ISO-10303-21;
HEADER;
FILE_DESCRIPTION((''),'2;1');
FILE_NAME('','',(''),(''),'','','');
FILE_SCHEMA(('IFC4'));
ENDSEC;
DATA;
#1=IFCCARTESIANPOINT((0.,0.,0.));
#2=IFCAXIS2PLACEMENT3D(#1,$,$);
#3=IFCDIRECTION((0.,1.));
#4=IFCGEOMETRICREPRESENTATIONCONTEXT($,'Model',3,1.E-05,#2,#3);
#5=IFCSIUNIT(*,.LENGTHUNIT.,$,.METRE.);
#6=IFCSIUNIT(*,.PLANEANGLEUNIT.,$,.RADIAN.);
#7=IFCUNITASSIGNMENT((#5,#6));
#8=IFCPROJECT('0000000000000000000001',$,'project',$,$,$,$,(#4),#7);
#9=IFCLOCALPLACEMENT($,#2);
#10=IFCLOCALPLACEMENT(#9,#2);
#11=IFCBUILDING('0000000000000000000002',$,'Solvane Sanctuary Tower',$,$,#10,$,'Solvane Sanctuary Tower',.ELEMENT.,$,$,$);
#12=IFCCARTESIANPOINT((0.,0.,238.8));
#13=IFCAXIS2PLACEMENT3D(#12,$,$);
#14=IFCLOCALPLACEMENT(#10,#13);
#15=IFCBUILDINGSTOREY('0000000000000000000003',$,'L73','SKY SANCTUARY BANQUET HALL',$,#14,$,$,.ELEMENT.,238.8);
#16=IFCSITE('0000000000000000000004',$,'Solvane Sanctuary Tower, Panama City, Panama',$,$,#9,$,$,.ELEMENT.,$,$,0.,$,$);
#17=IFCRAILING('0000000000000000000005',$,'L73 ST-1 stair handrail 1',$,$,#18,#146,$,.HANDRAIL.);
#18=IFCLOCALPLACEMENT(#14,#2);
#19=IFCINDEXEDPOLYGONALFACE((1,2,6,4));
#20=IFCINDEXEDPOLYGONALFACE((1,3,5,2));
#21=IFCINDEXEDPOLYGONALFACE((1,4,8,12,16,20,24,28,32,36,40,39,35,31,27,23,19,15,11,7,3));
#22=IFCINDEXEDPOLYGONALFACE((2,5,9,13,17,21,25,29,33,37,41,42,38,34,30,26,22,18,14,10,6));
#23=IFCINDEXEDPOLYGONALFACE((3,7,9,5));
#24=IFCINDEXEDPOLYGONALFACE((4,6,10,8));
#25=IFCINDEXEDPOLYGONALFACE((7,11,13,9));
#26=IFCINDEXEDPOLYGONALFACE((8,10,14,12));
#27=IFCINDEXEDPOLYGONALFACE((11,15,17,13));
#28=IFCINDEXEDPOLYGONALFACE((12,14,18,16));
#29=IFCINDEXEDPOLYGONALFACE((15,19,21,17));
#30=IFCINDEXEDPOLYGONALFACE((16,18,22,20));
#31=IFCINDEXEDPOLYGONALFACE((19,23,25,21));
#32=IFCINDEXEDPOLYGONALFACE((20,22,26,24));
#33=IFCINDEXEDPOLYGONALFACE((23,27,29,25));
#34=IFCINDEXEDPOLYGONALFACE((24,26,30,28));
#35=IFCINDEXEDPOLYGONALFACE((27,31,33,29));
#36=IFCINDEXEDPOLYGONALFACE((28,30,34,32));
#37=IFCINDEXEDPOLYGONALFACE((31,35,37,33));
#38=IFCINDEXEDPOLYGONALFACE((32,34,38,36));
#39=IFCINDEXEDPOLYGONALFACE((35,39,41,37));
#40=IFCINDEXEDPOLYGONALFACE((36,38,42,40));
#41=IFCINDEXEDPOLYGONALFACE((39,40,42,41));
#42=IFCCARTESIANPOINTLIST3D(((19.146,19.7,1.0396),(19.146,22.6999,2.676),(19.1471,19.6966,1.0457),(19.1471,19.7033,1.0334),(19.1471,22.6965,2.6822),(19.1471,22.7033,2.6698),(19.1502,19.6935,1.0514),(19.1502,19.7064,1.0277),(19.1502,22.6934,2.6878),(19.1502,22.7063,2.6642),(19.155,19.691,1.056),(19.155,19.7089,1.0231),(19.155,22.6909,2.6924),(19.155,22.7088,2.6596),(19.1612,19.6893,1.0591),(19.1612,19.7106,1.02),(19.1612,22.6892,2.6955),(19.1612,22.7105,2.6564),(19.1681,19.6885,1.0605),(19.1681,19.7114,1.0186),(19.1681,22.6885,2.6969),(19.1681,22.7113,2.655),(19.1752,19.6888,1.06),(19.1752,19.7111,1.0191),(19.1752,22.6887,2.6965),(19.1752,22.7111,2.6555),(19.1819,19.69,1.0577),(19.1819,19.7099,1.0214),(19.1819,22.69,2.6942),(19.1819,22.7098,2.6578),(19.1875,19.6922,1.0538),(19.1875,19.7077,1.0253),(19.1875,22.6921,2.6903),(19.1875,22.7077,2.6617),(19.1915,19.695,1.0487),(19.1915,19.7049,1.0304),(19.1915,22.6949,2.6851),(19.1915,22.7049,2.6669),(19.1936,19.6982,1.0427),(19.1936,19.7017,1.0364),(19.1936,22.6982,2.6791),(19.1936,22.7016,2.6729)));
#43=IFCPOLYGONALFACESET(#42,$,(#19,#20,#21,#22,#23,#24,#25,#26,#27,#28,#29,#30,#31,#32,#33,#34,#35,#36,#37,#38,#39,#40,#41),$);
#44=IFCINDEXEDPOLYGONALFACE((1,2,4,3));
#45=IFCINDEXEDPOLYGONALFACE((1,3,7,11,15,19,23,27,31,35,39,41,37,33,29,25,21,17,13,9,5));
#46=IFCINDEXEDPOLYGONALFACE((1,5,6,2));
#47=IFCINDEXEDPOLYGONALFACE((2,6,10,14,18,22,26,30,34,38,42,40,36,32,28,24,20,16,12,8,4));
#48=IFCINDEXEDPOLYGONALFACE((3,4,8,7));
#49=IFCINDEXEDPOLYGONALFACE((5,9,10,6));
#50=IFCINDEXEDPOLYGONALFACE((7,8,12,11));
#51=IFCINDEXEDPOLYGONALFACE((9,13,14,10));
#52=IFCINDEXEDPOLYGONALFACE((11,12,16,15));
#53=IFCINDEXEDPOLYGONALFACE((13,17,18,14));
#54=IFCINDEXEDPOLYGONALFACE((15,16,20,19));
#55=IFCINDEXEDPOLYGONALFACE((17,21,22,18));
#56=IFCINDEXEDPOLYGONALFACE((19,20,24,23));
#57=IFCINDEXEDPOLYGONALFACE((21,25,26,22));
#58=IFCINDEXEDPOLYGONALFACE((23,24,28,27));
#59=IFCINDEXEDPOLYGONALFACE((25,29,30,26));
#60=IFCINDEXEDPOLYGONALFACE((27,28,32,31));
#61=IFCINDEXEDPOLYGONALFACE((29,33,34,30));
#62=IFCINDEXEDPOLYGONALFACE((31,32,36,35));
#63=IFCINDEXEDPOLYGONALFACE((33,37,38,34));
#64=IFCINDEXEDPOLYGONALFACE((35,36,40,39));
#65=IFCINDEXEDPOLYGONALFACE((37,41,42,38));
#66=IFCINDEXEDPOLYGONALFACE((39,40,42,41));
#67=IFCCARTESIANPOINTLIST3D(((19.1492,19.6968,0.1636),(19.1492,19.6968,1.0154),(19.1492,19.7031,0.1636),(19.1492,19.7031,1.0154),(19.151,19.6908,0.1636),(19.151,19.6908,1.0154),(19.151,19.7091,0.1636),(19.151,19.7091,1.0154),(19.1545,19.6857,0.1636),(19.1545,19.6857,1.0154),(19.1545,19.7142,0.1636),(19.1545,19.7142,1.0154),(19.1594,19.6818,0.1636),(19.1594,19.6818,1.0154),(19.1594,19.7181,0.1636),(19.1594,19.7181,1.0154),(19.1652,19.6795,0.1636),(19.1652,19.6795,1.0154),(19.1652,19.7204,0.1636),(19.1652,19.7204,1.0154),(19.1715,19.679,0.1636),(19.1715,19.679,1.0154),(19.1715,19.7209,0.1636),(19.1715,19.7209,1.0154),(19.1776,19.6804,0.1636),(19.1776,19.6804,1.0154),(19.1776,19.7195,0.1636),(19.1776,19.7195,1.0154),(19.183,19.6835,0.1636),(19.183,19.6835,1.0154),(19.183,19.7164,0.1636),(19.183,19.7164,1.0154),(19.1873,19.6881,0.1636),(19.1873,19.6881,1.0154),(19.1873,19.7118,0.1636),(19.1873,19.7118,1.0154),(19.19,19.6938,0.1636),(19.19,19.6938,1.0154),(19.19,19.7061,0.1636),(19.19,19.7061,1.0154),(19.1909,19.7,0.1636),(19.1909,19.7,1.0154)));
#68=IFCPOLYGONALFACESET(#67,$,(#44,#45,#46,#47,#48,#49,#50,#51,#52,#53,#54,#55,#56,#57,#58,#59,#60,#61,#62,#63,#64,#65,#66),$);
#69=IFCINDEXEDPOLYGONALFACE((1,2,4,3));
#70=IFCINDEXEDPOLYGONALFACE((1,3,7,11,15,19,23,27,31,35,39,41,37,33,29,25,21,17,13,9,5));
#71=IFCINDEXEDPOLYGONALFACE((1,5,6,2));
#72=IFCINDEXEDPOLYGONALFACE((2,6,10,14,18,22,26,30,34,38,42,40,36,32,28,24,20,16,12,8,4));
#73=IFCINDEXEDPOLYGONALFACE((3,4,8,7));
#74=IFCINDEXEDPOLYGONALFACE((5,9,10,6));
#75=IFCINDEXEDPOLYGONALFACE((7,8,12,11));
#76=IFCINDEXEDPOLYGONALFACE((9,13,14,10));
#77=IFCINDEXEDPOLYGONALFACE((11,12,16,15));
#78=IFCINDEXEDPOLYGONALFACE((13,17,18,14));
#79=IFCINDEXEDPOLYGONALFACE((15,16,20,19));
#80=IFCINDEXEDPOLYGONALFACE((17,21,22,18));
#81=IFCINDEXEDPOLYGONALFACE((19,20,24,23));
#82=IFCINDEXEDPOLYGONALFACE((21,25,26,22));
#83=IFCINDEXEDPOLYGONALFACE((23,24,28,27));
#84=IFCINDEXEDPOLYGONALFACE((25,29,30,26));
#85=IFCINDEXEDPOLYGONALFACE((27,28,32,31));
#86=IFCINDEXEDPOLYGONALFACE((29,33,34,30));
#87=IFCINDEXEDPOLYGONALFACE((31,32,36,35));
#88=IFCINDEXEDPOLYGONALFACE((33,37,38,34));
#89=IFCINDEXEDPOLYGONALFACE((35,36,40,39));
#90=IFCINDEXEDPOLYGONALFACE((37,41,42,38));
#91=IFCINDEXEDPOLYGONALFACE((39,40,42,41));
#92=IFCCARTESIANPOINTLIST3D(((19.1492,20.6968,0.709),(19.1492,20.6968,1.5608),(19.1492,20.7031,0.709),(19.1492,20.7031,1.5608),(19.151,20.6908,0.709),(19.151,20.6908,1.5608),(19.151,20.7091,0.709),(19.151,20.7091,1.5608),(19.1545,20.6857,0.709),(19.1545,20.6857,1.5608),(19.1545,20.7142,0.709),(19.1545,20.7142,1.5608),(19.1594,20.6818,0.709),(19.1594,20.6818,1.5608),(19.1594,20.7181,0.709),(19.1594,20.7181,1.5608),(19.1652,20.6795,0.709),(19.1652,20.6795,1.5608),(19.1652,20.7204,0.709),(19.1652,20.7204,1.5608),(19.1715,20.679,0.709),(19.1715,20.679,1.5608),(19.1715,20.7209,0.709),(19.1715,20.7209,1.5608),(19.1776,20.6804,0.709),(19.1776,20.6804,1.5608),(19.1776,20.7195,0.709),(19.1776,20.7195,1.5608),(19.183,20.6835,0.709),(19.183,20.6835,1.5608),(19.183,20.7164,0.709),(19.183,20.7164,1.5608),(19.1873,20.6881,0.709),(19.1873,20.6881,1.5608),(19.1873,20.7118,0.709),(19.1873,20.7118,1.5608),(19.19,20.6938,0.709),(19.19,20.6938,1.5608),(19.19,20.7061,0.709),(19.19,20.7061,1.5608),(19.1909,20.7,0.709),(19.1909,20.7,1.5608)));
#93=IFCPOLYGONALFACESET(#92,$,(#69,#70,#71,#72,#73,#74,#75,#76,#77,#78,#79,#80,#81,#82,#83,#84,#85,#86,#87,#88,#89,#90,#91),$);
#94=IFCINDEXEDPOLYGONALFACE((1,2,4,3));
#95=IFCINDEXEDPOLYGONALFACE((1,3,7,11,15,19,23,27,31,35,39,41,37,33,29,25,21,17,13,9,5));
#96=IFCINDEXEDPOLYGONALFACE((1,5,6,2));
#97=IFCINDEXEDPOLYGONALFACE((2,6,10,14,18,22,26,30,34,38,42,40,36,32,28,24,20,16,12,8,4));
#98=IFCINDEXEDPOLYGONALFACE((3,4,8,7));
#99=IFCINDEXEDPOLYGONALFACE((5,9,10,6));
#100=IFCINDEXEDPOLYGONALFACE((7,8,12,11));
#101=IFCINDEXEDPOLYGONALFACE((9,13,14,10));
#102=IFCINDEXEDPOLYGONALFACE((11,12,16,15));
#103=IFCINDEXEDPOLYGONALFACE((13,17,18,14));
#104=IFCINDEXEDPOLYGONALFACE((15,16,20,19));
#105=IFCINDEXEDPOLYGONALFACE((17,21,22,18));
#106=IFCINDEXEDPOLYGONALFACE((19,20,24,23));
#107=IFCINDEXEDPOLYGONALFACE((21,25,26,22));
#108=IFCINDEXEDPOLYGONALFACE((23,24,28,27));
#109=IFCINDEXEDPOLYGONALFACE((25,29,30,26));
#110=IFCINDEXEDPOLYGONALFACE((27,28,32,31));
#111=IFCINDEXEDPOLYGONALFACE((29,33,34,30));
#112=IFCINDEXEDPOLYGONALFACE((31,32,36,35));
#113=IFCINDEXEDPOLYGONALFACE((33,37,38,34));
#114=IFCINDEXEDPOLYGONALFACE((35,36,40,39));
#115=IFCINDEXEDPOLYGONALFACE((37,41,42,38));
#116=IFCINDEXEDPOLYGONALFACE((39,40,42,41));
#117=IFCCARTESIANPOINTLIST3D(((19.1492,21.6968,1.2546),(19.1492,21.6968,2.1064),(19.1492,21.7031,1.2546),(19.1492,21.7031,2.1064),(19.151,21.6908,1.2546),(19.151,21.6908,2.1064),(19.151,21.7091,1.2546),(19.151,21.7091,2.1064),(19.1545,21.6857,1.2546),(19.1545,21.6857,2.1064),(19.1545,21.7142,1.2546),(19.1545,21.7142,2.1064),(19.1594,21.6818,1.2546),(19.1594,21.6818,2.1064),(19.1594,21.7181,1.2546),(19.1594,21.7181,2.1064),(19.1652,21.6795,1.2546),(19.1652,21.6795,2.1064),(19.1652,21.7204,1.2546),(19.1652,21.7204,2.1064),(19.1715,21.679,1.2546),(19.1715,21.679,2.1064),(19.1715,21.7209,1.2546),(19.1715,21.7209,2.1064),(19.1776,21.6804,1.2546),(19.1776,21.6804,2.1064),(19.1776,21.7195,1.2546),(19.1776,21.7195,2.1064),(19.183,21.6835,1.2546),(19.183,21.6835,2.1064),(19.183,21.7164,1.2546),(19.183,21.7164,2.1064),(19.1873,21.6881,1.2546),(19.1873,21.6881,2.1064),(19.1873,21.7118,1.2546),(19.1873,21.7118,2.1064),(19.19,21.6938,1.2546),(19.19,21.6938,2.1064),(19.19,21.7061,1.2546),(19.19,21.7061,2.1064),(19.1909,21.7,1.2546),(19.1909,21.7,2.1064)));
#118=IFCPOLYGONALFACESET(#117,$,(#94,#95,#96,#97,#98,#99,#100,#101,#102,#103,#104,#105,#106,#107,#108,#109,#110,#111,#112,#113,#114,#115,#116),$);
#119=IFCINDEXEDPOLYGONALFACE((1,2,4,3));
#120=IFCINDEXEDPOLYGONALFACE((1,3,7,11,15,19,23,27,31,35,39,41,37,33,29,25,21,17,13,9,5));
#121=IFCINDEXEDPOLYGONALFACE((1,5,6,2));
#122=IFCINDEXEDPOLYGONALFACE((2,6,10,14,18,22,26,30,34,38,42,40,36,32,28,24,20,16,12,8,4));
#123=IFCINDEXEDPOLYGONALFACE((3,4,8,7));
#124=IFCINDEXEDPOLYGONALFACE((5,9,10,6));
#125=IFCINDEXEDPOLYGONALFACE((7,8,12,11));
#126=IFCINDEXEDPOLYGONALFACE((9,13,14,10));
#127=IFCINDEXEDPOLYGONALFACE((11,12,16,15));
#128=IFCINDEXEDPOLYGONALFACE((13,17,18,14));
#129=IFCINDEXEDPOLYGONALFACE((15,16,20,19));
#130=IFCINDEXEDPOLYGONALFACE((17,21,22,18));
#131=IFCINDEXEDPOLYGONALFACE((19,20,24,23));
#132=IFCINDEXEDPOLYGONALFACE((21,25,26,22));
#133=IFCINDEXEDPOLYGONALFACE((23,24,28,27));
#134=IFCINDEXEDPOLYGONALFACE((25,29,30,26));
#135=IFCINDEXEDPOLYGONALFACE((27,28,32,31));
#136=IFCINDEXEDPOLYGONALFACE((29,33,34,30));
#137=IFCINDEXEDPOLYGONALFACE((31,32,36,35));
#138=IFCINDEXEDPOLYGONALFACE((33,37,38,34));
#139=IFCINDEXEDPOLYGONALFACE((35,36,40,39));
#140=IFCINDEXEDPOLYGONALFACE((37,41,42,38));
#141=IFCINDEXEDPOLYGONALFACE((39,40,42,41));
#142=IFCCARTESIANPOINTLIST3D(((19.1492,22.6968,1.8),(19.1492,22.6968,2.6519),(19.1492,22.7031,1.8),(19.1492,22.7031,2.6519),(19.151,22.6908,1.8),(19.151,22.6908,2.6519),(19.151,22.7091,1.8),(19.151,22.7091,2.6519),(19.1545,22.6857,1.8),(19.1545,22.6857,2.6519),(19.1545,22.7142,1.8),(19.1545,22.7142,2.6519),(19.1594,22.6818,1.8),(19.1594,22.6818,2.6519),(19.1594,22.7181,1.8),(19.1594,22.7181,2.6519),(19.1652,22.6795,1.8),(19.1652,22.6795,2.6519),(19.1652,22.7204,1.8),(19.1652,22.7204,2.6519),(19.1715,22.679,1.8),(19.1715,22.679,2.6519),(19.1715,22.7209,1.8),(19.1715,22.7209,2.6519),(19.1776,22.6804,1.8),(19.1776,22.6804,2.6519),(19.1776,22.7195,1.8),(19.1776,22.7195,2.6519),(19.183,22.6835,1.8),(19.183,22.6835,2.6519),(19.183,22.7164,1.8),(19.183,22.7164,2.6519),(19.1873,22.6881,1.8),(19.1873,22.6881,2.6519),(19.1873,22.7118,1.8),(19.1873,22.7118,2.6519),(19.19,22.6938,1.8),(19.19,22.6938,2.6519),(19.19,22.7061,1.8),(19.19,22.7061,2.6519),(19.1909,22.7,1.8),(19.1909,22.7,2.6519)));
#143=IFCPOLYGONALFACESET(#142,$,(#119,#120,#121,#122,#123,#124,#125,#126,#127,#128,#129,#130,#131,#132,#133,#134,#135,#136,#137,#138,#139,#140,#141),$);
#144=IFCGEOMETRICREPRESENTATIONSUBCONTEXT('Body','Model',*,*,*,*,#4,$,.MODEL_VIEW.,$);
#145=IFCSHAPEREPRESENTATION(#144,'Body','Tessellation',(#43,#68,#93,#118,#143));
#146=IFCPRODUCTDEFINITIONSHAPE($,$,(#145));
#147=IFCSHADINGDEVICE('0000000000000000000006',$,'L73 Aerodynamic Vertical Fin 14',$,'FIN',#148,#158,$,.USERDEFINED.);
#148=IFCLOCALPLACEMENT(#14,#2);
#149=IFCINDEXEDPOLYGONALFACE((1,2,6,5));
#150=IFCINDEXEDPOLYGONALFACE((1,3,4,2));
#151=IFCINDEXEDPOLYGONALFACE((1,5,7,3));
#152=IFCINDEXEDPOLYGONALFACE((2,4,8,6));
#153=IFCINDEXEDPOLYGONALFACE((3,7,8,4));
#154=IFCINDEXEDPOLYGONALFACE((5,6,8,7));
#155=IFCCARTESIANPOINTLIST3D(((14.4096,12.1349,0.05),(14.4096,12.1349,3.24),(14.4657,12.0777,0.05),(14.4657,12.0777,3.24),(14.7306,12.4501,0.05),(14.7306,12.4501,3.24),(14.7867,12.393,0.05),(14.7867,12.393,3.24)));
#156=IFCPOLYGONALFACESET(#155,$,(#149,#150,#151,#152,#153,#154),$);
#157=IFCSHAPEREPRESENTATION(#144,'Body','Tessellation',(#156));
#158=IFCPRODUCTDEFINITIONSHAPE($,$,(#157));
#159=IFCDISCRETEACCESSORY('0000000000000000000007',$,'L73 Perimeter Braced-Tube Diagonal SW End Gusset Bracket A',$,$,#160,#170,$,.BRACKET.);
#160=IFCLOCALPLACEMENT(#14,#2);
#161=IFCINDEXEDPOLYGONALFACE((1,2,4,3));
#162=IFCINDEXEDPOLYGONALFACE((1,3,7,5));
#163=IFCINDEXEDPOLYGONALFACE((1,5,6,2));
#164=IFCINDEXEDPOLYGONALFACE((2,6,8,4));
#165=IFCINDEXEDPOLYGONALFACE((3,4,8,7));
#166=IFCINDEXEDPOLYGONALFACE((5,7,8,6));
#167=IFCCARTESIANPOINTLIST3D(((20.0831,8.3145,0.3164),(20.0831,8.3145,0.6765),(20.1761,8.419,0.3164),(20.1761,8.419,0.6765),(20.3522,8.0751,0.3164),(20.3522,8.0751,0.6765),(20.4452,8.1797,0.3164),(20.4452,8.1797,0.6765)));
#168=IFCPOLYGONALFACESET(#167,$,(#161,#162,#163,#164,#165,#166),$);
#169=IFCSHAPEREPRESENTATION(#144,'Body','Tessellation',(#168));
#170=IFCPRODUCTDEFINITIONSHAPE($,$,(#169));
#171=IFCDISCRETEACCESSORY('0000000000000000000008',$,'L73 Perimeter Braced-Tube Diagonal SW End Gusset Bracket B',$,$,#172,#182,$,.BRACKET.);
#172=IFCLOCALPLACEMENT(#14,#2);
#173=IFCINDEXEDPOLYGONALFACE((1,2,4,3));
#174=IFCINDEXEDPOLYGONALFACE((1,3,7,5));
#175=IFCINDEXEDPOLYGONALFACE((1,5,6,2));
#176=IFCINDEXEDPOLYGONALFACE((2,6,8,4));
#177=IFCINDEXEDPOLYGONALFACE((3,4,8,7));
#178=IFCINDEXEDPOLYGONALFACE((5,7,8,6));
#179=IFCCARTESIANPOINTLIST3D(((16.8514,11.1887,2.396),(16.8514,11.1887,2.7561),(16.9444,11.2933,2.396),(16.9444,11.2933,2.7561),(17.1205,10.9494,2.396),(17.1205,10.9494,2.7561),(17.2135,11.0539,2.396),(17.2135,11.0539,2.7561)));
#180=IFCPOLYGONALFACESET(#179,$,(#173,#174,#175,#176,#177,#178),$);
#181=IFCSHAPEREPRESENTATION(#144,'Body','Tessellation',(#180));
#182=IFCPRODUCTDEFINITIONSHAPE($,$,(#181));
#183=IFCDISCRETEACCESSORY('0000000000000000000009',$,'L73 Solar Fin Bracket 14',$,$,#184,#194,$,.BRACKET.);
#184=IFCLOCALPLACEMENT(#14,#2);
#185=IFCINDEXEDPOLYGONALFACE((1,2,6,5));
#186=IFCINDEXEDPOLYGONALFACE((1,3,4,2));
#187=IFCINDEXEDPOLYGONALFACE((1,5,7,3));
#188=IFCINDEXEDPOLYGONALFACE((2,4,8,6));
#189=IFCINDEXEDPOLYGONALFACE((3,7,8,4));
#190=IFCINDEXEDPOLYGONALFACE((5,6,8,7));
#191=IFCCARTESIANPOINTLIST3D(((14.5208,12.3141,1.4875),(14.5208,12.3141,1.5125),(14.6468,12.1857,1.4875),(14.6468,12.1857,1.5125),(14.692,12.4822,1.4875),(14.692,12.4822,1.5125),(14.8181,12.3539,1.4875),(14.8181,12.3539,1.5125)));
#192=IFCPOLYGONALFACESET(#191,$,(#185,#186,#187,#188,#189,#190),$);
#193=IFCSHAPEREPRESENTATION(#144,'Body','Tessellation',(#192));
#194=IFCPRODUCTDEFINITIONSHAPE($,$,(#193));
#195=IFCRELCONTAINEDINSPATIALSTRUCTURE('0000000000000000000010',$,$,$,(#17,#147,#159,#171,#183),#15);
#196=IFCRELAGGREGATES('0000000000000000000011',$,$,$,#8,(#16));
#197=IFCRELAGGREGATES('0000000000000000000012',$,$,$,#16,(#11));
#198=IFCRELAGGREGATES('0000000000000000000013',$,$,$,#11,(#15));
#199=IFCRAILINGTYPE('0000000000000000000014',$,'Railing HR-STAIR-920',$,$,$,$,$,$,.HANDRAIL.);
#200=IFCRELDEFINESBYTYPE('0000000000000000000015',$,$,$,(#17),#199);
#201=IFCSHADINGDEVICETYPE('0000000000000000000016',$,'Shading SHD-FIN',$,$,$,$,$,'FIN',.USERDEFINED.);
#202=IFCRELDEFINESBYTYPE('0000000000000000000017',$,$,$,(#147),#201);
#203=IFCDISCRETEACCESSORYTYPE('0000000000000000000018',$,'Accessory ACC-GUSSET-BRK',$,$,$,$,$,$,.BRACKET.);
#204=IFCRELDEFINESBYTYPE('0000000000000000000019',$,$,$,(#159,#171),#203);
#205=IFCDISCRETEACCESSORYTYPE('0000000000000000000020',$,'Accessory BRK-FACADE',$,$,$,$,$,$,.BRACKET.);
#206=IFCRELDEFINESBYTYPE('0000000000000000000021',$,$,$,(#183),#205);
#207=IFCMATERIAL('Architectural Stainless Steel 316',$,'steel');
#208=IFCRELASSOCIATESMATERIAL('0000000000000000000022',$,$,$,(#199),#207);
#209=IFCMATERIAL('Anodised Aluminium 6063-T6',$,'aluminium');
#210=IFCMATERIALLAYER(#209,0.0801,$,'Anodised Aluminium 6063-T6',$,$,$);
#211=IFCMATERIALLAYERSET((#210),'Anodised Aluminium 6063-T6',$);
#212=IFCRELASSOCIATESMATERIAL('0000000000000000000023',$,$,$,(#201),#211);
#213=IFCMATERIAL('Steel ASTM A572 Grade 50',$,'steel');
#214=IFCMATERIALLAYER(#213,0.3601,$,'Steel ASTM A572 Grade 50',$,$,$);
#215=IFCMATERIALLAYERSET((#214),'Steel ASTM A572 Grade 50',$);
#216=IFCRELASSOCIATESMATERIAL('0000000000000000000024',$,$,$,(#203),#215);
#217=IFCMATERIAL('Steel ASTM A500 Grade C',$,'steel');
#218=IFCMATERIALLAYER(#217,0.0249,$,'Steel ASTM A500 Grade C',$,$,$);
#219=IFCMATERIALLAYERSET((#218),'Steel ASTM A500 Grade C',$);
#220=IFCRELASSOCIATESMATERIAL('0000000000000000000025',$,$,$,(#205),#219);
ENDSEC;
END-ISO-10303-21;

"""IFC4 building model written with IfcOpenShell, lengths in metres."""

from ifc_helpers import new_model, si_unit, direction, frame, origin, origin_2d, place, context, subcontext, project, spatial, rectangle, circle, extrude, material, layer, layer_set, type_object, element, save


model = new_model("IFC4")

# Units and contexts
model_context = context("Model", 3, precision=1e-05, world=origin(), true_north=direction((0.0, 1.0)))
body_context = subcontext(model_context, "Body", "Model", "MODEL_VIEW")
ifc_project = project(units=[si_unit("LENGTHUNIT", "METRE"), si_unit("PLANEANGLEUNIT", "RADIAN")], contexts=[model_context])

# Site, building, storey
site_placement = place(None, origin())
site = spatial("IfcSite", under=ifc_project, at=site_placement, Name="Solvane Sanctuary Tower, Panama City, Panama", CompositionType="ELEMENT", RefElevation=0.0)
building_placement = place(site_placement, origin())
building = spatial("IfcBuilding", under=site, at=building_placement, Name="Solvane Sanctuary Tower", LongName="Solvane Sanctuary Tower", CompositionType="ELEMENT")
storey_placement = place(building_placement, frame((0.0, 0.0, 238.8)))
storey = spatial("IfcBuildingStorey", under=building, at=storey_placement, Name="L73", Description="SKY SANCTUARY BANQUET HALL", CompositionType="ELEMENT", Elevation=238.8)

# Shared definitions
ifc_material_1 = material(Name="Architectural Stainless Steel 316", Category="steel")

# Railing
railing_type_1 = type_object("IfcRailingType", Name="Railing HR-STAIR-920", PredefinedType="HANDRAIL", material=ifc_material_1)
railing_1_placement = place(storey_placement, frame((19.1699, 19.7, 0.1636)))
element("IfcRailing", 1, at=railing_1_placement, inside=storey, type_object=railing_type_1, Name="L73 ST-1 stair handrail 1", PredefinedType="HANDRAIL", context=body_context, shape_type="SweptSolid", body=[
    extrude(circle(Radius=0.0239, at=origin_2d()), frame((0.0, 0.0, 0.876), z_axis=(0.0, 0.877882, 0.478877), x_axis=(-1.0, 0.0, 0.0)), (0.0, 0.0, 1.0), 3.4172),
    extrude(circle(Radius=0.021, at=origin_2d()), origin(), (0.0, 0.0, 1.0), 0.8518),
    extrude(circle(Radius=0.021, at=origin_2d()), frame((0.0, 1.0, 0.5454)), (0.0, 0.0, 1.0), 0.8518),
    extrude(circle(Radius=0.021, at=origin_2d()), frame((0.0, 2.0, 1.0911)), (0.0, 0.0, 1.0), 0.8518),
    extrude(circle(Radius=0.021, at=origin_2d()), frame((0.0, 3.0, 1.6365)), (0.0, 0.0, 1.0), 0.8518),
])

# Shading device
ifc_material_2 = material(Name="Anodised Aluminium 6063-T6", Category="aluminium")
ifc_layer_1 = layer(ifc_material_2, 0.0801, Name="Anodised Aluminium 6063-T6")
ifc_layer_set_1 = layer_set([ifc_layer_1], Name="Anodised Aluminium 6063-T6")
shading_device_type = type_object("IfcShadingDeviceType", Name="Shading SHD-FIN", ElementType="FIN", PredefinedType="USERDEFINED", material=ifc_layer_set_1)
shading_device_placement = place(storey_placement, frame((14.5981, 12.2639, 0.05), z_axis=(0.0, 0.0, 1.0), x_axis=(0.700625, -0.713529, 0.0)))
element("IfcShadingDevice", 2, at=shading_device_placement, inside=storey, type_object=shading_device_type, Name="L73 Aerodynamic Vertical Fin 14", ObjectType="FIN", PredefinedType="USERDEFINED", context=body_context, shape_type="SweptSolid", body=[
    extrude(rectangle(XDim=0.0801, YDim=0.45, at=origin_2d()), origin(), (0.0, 0.0, 1.0), 3.1899),
])

# Discrete accessories
ifc_material_3 = material(Name="Steel ASTM A572 Grade 50", Category="steel")
ifc_layer_2 = layer(ifc_material_3, 0.3601, Name="Steel ASTM A572 Grade 50")
ifc_layer_set_2 = layer_set([ifc_layer_2], Name="Steel ASTM A572 Grade 50")
discrete_accessory_type_1 = type_object("IfcDiscreteAccessoryType", Name="Accessory ACC-GUSSET-BRK", PredefinedType="BRACKET", material=ifc_layer_set_2)
for number, where, z_axis, x_axis, name in (
    (3, (20.2642, 8.2471, 0.3164), (0.0, 0.0, 1.0), (-0.747218, 0.664579, 0.0), "L73 Perimeter Braced-Tube Diagonal SW End Gusset Bracket A"),
    (4, (17.0325, 11.1213, 2.396), (0.0, 0.0, 1.0), (-0.747218, 0.664579, 0.0), "L73 Perimeter Braced-Tube Diagonal SW End Gusset Bracket B"),
):
    element("IfcDiscreteAccessory", number, at=place(storey_placement, frame(where, z_axis=z_axis, x_axis=x_axis)), inside=storey, type_object=discrete_accessory_type_1, Name=name, PredefinedType="BRACKET", context=body_context, shape_type="SweptSolid", body=[
        extrude(rectangle(XDim=0.3601, YDim=0.1399, at=origin_2d()), origin(), (0.0, 0.0, 1.0), 0.3601),
    ])
ifc_material_4 = material(Name="Steel ASTM A500 Grade C", Category="steel")
ifc_layer_3 = layer(ifc_material_4, 0.0249, Name="Steel ASTM A500 Grade C")
ifc_layer_set_3 = layer_set([ifc_layer_3], Name="Steel ASTM A500 Grade C")
discrete_accessory_type_2 = type_object("IfcDiscreteAccessoryType", Name="Accessory BRK-FACADE", PredefinedType="BRACKET", material=ifc_layer_set_3)
discrete_accessory_placement = place(storey_placement, frame((14.6694, 12.334, 1.4875), z_axis=(0.0, 0.0, 1.0), x_axis=(0.700625, -0.713529, 0.0)))
element("IfcDiscreteAccessory", 5, at=discrete_accessory_placement, inside=storey, type_object=discrete_accessory_type_2, Name="L73 Solar Fin Bracket 14", PredefinedType="BRACKET", context=body_context, shape_type="SweptSolid", body=[
    extrude(rectangle(XDim=0.1799, YDim=0.24, at=origin_2d()), origin(), (0.0, 0.0, 1.0), 0.0249),
])

save(model, "model.ifc")
